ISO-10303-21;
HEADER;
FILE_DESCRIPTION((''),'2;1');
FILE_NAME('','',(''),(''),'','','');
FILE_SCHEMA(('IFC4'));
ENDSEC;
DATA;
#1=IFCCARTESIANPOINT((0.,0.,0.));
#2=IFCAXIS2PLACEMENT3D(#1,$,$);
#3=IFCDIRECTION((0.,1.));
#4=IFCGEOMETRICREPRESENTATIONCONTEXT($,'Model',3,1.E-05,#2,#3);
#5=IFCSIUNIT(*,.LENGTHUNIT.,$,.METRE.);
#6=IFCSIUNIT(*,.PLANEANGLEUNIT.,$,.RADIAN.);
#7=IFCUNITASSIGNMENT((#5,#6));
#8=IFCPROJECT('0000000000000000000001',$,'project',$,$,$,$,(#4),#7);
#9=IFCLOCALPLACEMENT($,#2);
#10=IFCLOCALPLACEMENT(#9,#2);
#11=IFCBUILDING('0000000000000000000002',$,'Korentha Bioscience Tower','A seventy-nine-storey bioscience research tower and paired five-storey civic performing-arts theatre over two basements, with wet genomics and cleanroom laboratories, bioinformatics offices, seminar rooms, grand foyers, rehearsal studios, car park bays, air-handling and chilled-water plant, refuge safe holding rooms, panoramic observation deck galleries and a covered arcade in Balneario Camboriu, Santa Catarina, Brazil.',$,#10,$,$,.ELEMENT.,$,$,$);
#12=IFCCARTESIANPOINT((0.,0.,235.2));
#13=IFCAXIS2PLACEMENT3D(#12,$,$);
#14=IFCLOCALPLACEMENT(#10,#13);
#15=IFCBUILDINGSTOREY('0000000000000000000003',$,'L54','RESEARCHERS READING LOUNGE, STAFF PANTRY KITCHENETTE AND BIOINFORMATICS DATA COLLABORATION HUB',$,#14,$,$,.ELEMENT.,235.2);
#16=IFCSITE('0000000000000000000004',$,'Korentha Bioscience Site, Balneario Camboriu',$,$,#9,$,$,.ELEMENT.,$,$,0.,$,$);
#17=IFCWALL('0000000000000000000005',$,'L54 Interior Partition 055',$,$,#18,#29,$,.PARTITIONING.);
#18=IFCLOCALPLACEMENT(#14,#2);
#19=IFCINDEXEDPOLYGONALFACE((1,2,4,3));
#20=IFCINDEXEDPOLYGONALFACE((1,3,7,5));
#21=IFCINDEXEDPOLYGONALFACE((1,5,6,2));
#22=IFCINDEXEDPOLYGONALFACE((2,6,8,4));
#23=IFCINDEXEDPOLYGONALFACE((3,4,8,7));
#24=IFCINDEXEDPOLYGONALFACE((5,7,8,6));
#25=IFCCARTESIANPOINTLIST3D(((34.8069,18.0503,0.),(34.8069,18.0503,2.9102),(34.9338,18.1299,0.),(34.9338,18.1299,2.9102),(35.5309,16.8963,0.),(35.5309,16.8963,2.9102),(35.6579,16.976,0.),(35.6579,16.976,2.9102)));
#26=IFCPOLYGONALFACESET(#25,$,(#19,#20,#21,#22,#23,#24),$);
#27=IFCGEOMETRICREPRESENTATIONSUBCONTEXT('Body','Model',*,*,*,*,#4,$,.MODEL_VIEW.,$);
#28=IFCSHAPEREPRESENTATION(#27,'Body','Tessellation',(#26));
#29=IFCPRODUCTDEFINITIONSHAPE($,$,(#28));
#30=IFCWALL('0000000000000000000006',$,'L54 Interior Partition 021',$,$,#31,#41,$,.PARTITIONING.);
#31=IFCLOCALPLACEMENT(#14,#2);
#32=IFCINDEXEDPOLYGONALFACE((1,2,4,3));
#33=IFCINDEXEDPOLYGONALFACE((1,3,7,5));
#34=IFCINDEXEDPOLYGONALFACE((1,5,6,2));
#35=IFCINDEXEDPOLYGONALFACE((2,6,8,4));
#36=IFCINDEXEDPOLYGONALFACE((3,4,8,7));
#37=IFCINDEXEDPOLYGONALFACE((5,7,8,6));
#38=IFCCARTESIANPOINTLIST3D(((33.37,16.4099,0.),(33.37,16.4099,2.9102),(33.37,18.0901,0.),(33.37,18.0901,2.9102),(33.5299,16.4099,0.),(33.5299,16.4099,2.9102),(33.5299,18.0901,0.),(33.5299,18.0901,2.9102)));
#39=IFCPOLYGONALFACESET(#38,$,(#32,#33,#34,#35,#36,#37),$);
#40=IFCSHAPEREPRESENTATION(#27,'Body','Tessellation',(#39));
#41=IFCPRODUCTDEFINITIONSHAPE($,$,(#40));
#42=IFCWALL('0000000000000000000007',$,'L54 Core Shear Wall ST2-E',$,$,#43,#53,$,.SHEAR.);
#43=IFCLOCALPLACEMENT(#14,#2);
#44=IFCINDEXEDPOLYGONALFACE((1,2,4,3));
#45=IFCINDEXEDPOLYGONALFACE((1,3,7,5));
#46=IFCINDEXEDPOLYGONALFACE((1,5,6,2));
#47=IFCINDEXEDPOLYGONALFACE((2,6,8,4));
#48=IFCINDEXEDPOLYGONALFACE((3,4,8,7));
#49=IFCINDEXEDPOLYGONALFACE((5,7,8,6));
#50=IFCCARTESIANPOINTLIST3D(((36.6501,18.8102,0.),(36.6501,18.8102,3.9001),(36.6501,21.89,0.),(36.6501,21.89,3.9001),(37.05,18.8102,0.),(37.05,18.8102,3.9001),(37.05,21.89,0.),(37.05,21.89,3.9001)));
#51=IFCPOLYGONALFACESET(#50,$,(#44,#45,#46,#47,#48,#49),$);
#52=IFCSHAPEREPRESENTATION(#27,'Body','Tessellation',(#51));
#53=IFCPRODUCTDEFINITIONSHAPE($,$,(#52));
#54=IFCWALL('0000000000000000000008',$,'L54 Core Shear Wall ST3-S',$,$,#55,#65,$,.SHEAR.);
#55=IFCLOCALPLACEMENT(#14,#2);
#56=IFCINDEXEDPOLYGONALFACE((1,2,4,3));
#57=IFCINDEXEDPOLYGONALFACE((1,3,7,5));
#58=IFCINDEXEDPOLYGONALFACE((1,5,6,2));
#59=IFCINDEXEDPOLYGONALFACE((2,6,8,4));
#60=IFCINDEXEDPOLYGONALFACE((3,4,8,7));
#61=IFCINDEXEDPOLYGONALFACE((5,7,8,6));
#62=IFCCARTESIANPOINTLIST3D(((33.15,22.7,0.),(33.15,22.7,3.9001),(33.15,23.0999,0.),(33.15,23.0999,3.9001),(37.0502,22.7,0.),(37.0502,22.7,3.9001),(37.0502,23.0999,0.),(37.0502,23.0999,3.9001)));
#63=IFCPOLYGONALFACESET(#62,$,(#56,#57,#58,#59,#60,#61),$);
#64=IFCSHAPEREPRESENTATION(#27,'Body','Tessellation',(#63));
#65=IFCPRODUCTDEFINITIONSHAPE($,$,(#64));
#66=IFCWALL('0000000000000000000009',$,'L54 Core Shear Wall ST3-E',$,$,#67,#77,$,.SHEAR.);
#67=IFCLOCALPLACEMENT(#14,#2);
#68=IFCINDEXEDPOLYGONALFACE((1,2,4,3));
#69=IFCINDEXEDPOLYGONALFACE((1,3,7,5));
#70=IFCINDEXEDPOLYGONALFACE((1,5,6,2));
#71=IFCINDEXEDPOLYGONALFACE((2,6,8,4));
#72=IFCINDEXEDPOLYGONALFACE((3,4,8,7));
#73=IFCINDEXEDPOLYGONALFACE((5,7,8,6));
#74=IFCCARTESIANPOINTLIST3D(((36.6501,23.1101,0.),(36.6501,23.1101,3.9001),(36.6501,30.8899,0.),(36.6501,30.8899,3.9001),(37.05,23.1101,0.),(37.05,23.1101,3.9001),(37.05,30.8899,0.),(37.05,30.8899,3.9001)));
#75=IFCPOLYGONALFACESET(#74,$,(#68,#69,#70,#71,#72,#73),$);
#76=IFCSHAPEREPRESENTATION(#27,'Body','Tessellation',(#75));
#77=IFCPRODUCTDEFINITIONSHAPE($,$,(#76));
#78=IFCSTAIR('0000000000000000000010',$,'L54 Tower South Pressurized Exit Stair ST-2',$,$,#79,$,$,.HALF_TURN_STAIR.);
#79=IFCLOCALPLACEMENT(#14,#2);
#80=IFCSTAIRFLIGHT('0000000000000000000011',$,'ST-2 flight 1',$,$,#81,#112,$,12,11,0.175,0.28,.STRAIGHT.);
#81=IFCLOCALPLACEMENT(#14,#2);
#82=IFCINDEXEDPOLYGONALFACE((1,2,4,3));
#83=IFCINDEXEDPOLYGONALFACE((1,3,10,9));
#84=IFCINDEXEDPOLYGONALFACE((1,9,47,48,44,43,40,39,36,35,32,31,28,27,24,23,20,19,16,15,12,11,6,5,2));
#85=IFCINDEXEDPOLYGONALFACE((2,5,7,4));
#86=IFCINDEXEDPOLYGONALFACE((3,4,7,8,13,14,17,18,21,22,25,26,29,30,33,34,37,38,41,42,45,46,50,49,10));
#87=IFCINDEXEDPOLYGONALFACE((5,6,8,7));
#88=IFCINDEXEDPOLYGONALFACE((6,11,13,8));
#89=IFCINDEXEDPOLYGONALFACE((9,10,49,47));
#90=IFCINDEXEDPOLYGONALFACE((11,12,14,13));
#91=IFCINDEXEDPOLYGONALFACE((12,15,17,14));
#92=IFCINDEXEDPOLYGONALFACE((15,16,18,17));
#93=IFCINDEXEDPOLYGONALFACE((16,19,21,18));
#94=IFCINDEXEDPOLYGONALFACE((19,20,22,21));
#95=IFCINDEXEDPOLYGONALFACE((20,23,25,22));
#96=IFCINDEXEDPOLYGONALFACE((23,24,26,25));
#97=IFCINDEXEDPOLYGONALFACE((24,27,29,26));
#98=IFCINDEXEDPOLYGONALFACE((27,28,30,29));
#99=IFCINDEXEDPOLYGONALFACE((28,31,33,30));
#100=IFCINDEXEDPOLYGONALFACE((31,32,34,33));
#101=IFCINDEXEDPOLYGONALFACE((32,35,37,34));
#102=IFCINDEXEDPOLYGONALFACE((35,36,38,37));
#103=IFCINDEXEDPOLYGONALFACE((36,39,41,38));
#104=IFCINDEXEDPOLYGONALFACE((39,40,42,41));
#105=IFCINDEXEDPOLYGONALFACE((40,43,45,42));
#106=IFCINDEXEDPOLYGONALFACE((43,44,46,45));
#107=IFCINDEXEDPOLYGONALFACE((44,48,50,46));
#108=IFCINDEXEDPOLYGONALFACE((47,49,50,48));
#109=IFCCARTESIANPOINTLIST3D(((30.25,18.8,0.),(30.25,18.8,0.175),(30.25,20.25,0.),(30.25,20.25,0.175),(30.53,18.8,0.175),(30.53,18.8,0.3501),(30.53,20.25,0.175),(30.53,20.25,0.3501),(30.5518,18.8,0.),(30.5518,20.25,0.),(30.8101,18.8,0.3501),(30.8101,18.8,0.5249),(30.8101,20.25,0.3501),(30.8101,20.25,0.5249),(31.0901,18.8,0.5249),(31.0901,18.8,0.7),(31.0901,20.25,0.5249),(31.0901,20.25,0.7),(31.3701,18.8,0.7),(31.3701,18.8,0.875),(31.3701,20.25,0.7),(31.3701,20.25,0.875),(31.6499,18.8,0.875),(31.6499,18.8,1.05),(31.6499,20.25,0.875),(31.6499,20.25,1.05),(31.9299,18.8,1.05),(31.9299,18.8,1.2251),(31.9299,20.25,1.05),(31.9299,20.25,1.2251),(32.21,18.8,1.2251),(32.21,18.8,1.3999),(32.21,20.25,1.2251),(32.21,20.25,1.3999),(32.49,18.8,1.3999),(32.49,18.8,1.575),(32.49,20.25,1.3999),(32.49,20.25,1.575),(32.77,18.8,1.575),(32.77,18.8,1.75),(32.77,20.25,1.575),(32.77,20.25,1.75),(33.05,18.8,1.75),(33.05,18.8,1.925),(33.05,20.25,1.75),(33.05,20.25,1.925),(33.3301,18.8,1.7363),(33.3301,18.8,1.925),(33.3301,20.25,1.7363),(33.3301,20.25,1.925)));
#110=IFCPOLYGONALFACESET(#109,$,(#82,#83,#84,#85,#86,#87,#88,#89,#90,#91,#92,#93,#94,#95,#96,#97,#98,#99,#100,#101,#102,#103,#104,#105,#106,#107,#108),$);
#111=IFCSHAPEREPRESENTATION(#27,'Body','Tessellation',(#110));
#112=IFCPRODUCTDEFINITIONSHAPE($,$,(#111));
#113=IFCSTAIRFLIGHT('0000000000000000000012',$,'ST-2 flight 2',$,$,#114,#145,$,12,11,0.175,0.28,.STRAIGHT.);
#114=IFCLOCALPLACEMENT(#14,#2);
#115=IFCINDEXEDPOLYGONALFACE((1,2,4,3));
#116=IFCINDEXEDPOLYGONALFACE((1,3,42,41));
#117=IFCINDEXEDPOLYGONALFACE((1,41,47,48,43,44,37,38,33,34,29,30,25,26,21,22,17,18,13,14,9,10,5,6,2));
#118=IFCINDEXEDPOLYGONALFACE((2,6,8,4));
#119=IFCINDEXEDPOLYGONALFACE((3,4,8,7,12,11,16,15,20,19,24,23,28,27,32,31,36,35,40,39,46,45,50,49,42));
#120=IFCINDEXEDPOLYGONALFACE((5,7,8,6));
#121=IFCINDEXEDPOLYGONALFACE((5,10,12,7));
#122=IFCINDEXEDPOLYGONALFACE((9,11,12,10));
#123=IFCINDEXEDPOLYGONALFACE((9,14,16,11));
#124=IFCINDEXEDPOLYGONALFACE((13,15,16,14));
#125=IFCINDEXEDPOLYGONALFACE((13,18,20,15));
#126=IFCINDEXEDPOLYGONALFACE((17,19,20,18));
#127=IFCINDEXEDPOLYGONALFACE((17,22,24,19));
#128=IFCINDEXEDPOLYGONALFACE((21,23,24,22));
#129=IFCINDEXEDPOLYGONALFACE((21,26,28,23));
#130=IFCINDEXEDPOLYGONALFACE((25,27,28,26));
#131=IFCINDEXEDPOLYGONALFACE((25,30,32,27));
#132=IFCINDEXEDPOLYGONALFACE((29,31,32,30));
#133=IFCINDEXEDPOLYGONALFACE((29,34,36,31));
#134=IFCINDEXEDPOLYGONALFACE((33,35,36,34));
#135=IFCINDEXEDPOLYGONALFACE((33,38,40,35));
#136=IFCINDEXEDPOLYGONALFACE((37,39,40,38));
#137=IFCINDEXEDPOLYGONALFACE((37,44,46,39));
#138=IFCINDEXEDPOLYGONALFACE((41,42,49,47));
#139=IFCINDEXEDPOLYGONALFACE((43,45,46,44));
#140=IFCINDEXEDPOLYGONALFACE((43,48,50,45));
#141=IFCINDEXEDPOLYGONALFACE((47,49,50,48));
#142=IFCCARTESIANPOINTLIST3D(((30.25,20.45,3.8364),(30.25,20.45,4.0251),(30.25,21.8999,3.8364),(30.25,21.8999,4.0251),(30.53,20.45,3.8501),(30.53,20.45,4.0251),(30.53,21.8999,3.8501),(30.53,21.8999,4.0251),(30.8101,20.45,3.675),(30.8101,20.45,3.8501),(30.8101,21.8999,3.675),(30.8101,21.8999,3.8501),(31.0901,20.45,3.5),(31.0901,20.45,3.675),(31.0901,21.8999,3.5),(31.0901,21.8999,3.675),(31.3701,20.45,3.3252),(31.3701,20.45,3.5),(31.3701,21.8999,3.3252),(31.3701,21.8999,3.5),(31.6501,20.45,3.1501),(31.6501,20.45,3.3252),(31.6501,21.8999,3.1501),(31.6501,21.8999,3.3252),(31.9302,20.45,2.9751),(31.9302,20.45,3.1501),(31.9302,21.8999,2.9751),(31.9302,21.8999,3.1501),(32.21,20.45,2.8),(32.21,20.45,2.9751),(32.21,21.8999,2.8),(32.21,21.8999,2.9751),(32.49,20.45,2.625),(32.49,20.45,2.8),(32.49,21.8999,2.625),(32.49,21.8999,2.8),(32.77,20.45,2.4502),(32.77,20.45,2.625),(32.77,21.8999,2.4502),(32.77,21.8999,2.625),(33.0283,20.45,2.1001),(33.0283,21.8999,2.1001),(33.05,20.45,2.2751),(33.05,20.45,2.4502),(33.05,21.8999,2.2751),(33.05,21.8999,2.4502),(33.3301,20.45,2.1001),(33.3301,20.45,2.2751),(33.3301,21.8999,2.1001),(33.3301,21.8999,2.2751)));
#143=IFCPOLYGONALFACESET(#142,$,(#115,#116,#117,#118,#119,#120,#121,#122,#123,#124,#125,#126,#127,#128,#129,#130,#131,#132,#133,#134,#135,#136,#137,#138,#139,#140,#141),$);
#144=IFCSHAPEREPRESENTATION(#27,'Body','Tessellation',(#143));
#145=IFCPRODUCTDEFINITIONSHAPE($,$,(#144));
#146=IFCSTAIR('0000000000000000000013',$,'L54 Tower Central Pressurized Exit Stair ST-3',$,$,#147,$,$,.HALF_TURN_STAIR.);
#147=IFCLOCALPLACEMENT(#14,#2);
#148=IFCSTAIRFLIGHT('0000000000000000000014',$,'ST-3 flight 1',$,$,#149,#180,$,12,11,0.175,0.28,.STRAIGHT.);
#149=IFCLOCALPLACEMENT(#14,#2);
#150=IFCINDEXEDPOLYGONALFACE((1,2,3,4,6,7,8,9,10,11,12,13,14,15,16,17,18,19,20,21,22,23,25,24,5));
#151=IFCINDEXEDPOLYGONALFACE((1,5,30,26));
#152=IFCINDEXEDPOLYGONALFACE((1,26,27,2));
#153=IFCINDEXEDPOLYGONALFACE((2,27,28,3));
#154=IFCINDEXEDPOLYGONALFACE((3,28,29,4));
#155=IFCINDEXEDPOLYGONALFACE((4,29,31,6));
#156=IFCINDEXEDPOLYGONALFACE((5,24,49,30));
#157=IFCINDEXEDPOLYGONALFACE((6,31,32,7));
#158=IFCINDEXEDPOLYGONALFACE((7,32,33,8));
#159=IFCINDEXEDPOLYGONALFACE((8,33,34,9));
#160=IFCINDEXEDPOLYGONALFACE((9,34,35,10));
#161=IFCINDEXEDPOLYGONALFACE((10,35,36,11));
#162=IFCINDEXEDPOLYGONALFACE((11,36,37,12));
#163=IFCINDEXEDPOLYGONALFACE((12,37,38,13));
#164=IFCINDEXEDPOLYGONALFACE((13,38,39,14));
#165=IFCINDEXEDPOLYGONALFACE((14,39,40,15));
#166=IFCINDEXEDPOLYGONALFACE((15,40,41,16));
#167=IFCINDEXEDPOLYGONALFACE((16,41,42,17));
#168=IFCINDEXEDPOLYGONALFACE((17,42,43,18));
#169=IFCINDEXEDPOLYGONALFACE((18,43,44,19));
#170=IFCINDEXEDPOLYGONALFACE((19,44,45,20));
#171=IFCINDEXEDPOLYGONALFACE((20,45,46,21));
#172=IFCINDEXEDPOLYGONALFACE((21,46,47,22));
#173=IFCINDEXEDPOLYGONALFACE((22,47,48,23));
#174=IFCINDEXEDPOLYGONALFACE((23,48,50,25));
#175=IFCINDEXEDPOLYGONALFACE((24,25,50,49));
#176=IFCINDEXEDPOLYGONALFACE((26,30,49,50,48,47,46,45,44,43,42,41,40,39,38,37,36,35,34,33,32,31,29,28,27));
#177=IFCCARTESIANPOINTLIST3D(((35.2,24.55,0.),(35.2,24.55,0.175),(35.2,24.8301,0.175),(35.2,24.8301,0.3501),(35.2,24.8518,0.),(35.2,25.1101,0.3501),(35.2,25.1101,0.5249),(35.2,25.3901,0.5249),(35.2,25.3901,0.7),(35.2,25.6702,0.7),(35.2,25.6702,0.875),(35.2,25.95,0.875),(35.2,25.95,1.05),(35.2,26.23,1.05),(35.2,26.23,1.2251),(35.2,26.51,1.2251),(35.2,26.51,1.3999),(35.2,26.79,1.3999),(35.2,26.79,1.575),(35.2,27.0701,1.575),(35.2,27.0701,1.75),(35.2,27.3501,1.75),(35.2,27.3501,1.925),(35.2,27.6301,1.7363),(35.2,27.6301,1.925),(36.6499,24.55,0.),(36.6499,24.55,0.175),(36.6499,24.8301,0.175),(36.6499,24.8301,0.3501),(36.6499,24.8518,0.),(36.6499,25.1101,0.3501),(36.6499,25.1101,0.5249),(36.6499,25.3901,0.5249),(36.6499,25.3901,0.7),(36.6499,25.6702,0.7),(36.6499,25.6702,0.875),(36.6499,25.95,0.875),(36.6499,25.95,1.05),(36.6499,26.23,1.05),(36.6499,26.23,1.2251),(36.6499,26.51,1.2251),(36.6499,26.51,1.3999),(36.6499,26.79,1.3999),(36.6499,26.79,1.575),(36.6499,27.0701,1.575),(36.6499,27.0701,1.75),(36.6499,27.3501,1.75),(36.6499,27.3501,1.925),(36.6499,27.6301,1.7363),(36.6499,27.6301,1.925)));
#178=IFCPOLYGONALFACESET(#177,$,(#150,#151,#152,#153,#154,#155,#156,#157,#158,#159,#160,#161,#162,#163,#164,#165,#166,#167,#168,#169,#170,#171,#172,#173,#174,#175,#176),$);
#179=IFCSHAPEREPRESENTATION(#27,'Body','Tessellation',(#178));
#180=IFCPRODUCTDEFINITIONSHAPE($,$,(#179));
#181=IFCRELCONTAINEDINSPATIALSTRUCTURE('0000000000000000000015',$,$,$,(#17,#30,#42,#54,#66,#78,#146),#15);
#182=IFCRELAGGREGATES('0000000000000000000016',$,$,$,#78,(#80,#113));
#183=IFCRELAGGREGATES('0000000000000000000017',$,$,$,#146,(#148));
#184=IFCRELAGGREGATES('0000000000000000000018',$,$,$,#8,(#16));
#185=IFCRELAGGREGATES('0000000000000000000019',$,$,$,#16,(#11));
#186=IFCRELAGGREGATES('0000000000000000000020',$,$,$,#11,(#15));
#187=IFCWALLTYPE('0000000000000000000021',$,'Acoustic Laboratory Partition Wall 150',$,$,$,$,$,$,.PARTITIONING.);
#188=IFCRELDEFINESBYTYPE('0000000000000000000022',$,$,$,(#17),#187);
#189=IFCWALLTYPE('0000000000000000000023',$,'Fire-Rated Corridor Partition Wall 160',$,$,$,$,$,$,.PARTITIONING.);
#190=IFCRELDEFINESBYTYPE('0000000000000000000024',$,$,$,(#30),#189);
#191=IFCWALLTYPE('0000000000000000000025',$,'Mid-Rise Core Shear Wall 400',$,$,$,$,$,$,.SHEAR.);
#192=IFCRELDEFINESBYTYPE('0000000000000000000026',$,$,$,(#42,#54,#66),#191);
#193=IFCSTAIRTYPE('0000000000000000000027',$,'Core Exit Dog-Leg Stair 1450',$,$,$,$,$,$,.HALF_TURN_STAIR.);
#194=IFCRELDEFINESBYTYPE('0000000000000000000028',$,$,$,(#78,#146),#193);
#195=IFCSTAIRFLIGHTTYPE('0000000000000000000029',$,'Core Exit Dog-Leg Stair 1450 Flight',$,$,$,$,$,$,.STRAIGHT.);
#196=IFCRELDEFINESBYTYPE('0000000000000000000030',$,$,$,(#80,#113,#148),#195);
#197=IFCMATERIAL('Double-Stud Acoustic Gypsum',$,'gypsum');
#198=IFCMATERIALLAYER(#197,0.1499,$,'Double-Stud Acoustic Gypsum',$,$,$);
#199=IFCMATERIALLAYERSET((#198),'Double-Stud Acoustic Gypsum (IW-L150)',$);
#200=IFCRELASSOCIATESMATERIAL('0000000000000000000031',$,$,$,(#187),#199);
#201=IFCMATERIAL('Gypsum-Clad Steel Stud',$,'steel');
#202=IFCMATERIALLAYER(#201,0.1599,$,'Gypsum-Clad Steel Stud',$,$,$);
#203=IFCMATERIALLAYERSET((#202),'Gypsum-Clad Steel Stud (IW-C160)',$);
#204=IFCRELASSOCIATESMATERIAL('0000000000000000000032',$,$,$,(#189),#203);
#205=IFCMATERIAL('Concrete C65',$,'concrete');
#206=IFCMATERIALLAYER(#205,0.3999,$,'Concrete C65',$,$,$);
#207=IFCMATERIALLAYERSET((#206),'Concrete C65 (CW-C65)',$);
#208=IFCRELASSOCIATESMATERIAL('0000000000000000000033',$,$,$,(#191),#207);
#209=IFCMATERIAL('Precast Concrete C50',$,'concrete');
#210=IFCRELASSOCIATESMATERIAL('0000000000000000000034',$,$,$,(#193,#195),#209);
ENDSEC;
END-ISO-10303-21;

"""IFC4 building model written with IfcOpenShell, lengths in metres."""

from ifc_helpers import new_model, si_unit, direction, frame, frame_2d, origin, place, context, subcontext, project, spatial, polyline, rectangle, outline, extrude, material, layer, layer_set, type_object, element, aggregate, save


model = new_model("IFC4")

# Units and contexts
model_context = context("Model", 3, precision=1e-05, world=origin(), true_north=direction((0.0, 1.0)))
body_context = subcontext(model_context, "Body", "Model", "MODEL_VIEW")
ifc_project = project(units=[si_unit("LENGTHUNIT", "METRE"), si_unit("PLANEANGLEUNIT", "RADIAN")], contexts=[model_context])

# Site, building, storey
site_placement = place(None, origin())
site = spatial("IfcSite", under=ifc_project, at=site_placement, Name="Korentha Bioscience Site, Balneario Camboriu", CompositionType="ELEMENT", RefElevation=0.0)
building_placement = place(site_placement, origin())
building = spatial("IfcBuilding", under=site, at=building_placement, Name="Korentha Bioscience Tower", Description="A seventy-nine-storey bioscience research tower and paired five-storey civic performing-arts theatre over two basements, with wet genomics and cleanroom laboratories, bioinformatics offices, seminar rooms, grand foyers, rehearsal studios, car park bays, air-handling and chilled-water plant, refuge safe holding rooms, panoramic observation deck galleries and a covered arcade in Balneario Camboriu, Santa Catarina, Brazil.", CompositionType="ELEMENT")
storey_placement = place(building_placement, frame((0.0, 0.0, 235.2)))
storey = spatial("IfcBuildingStorey", under=building, at=storey_placement, Name="L54", Description="RESEARCHERS READING LOUNGE, STAFF PANTRY KITCHENETTE AND BIOINFORMATICS DATA COLLABORATION HUB", CompositionType="ELEMENT", Elevation=235.2)

# Shared definitions
ifc_material_1 = material(Name="Concrete C65", Category="concrete")

# Walls
ifc_material_2 = material(Name="Double-Stud Acoustic Gypsum", Category="gypsum")
ifc_layer_1 = layer(ifc_material_2, 0.1499, Name="Double-Stud Acoustic Gypsum")
ifc_layer_set_1 = layer_set([ifc_layer_1], Name="Double-Stud Acoustic Gypsum (IW-L150)")
wall_type_1 = type_object("IfcWallType", Name="Acoustic Laboratory Partition Wall 150", PredefinedType="PARTITIONING", material=ifc_layer_set_1)
wall_1_placement = place(storey_placement, frame((34.8704, 18.0901, 0.0), z_axis=(0.0, 0.0, 1.0), x_axis=(0.531496, -0.847061, 0.0)))
element("IfcWall", 1, at=wall_1_placement, inside=storey, type_object=wall_type_1, Name="L54 Interior Partition 055", PredefinedType="PARTITIONING", context=body_context, shape_type="SweptSolid", body=[
    extrude(rectangle(XDim=1.3623, YDim=0.1499, at=frame_2d((0.6812, 0.0))), origin(), (0.0, 0.0, 1.0), 2.9102),
])
ifc_material_3 = material(Name="Gypsum-Clad Steel Stud", Category="steel")
ifc_layer_2 = layer(ifc_material_3, 0.1599, Name="Gypsum-Clad Steel Stud")
ifc_layer_set_2 = layer_set([ifc_layer_2], Name="Gypsum-Clad Steel Stud (IW-C160)")
wall_type_2 = type_object("IfcWallType", Name="Fire-Rated Corridor Partition Wall 160", PredefinedType="PARTITIONING", material=ifc_layer_set_2)
wall_2_placement = place(storey_placement, frame((33.45, 18.0901, 0.0), z_axis=(0.0, 0.0, 1.0), x_axis=(0.0, -1.0, 0.0)))
element("IfcWall", 2, at=wall_2_placement, inside=storey, type_object=wall_type_2, Name="L54 Interior Partition 021", PredefinedType="PARTITIONING", context=body_context, shape_type="SweptSolid", body=[
    extrude(rectangle(XDim=1.6802, YDim=0.1599, at=frame_2d((0.8401, 0.0))), origin(), (0.0, 0.0, 1.0), 2.9102),
])
ifc_layer_3 = layer(ifc_material_1, 0.3999, Name="Concrete C65")
ifc_layer_set_3 = layer_set([ifc_layer_3], Name="Concrete C65 (CW-C65)")
wall_type_3 = type_object("IfcWallType", Name="Mid-Rise Core Shear Wall 400", PredefinedType="SHEAR", material=ifc_layer_set_3)
wall_3_placement = place(storey_placement, frame((36.8501, 18.8101, 0.0), z_axis=(0.0, 0.0, 1.0), x_axis=(0.0, 1.0, 0.0)))
element("IfcWall", 3, at=wall_3_placement, inside=storey, type_object=wall_type_3, Name="L54 Core Shear Wall ST2-E", PredefinedType="SHEAR", context=body_context, shape_type="SweptSolid", body=[
    extrude(rectangle(XDim=3.0798, YDim=0.3999, at=frame_2d((1.54, 0.0))), origin(), (0.0, 0.0, 1.0), 3.9001),
])
wall_4_placement = place(storey_placement, frame((33.1499, 22.8999, 0.0), z_axis=(0.0, 0.0, 1.0), x_axis=(1.0, 0.0, 0.0)))
element("IfcWall", 4, at=wall_4_placement, inside=storey, type_object=wall_type_3, Name="L54 Core Shear Wall ST3-S", PredefinedType="SHEAR", context=body_context, shape_type="SweptSolid", body=[
    extrude(rectangle(XDim=3.9001, YDim=0.3999, at=frame_2d((1.9502, 0.0))), origin(), (0.0, 0.0, 1.0), 3.9001),
])
wall_5_placement = place(storey_placement, frame((36.8501, 23.1101, 0.0), z_axis=(0.0, 0.0, 1.0), x_axis=(0.0, 1.0, 0.0)))
element("IfcWall", 5, at=wall_5_placement, inside=storey, type_object=wall_type_3, Name="L54 Core Shear Wall ST3-E", PredefinedType="SHEAR", context=body_context, shape_type="SweptSolid", body=[
    extrude(rectangle(XDim=7.7798, YDim=0.3999, at=frame_2d((3.8899, 0.0))), origin(), (0.0, 0.0, 1.0), 3.9001),
])

# Stair, stair flights
ifc_material_4 = material(Name="Precast Concrete C50", Category="concrete")
stair_type = type_object("IfcStairType", Name="Core Exit Dog-Leg Stair 1450", PredefinedType="HALF_TURN_STAIR", material=ifc_material_4)
stair_1_placement = place(storey_placement, origin())
stair_1 = element("IfcStair", 6, at=stair_1_placement, inside=storey, type_object=stair_type, Name="L54 Tower South Pressurized Exit Stair ST-2", PredefinedType="HALF_TURN_STAIR")
stair_flight_type = type_object("IfcStairFlightType", Name="Core Exit Dog-Leg Stair 1450 Flight", PredefinedType="STRAIGHT", material=ifc_material_4)
stair_flight_1_placement = place(storey_placement, frame((30.25, 19.5249, 0.0), z_axis=(0.0, 0.0, 1.0), x_axis=(1.0, 0.0, 0.0)))
stair_flight_1 = element("IfcStairFlight", 7, at=stair_flight_1_placement, type_object=stair_flight_type, Name="ST-2 flight 1", NumberOfRisers=12, NumberOfTreads=11, PredefinedType="STRAIGHT", RiserHeight=0.175, TreadLength=0.28, context=body_context, shape_type="SweptSolid", body=[
    extrude(outline(polyline([(0.0, 0.0), (0.0, 0.175), (0.28, 0.175), (0.28, 0.3501), (0.5601, 0.3501), (0.5601, 0.5249), (0.8401, 0.5249), (0.8401, 0.7), (1.1201, 0.7), (1.1201, 0.875), (1.3999, 0.875), (1.3999, 1.05), (1.6799, 1.05), (1.6799, 1.2251), (1.96, 1.2251), (1.96, 1.3999), (2.24, 1.3999), (2.24, 1.575), (2.52, 1.575), (2.52, 1.75), (2.8, 1.75), (2.8, 1.925), (3.0801, 1.925), (3.0801, 2.1001), (3.0801, 1.7363), (0.3018, 0.0), (0.0, 0.0)])), frame((0.0, 0.7251, 0.0), z_axis=(0.0, -1.0, 0.0), x_axis=(1.0, 0.0, 0.0)), (0.0, 0.0, 1.0), 1.45),
])
stair_flight_2_placement = place(storey_placement, frame((33.3301, 21.175, 2.1001), z_axis=(0.0, 0.0, 1.0), x_axis=(-1.0, 0.0, 0.0)))
stair_flight_2 = element("IfcStairFlight", 8, at=stair_flight_2_placement, type_object=stair_flight_type, Name="ST-2 flight 2", NumberOfRisers=12, NumberOfTreads=11, PredefinedType="STRAIGHT", RiserHeight=0.175, TreadLength=0.28, context=body_context, shape_type="SweptSolid", body=[
    extrude(outline(polyline([(0.0, 0.0), (0.0, 0.175), (0.28, 0.175), (0.28, 0.3501), (0.5601, 0.3501), (0.5601, 0.5249), (0.8401, 0.5249), (0.8401, 0.7), (1.1201, 0.7), (1.1201, 0.875), (1.3999, 0.875), (1.3999, 1.05), (1.6799, 1.05), (1.6799, 1.2251), (1.96, 1.2251), (1.96, 1.3999), (2.24, 1.3999), (2.24, 1.575), (2.52, 1.575), (2.52, 1.75), (2.8, 1.75), (2.8, 1.925), (3.0801, 1.925), (3.0801, 2.1001), (3.0801, 1.7363), (0.3018, 0.0), (0.0, 0.0)])), frame((0.0, 0.7251, 0.0), z_axis=(0.0, -1.0, 0.0), x_axis=(1.0, 0.0, 0.0)), (0.0, 0.0, 1.0), 1.45),
])
aggregate(stair_1, [stair_flight_1, stair_flight_2])

# Stair, stair flight
stair_2_placement = place(storey_placement, origin())
stair_2 = element("IfcStair", 9, at=stair_2_placement, inside=storey, type_object=stair_type, Name="L54 Tower Central Pressurized Exit Stair ST-3", PredefinedType="HALF_TURN_STAIR")
stair_flight_3_placement = place(storey_placement, frame((35.925, 24.55, 0.0), z_axis=(0.0, 0.0, 1.0), x_axis=(0.0, 1.0, 0.0)))
stair_flight_3 = element("IfcStairFlight", 10, at=stair_flight_3_placement, type_object=stair_flight_type, Name="ST-3 flight 1", NumberOfRisers=12, NumberOfTreads=11, PredefinedType="STRAIGHT", RiserHeight=0.175, TreadLength=0.28, context=body_context, shape_type="SweptSolid", body=[
    extrude(outline(polyline([(0.0, 0.0), (0.0, 0.175), (0.28, 0.175), (0.28, 0.3501), (0.5601, 0.3501), (0.5601, 0.5249), (0.8401, 0.5249), (0.8401, 0.7), (1.1201, 0.7), (1.1201, 0.875), (1.3999, 0.875), (1.3999, 1.05), (1.6799, 1.05), (1.6799, 1.2251), (1.96, 1.2251), (1.96, 1.3999), (2.24, 1.3999), (2.24, 1.575), (2.52, 1.575), (2.52, 1.75), (2.8, 1.75), (2.8, 1.925), (3.0801, 1.925), (3.0801, 2.1001), (3.0801, 1.7363), (0.3018, 0.0), (0.0, 0.0)])), frame((0.0, 0.7251, 0.0), z_axis=(0.0, -1.0, 0.0), x_axis=(1.0, 0.0, 0.0)), (0.0, 0.0, 1.0), 1.45),
])
aggregate(stair_2, [stair_flight_3])

save(model, "model.ifc")
